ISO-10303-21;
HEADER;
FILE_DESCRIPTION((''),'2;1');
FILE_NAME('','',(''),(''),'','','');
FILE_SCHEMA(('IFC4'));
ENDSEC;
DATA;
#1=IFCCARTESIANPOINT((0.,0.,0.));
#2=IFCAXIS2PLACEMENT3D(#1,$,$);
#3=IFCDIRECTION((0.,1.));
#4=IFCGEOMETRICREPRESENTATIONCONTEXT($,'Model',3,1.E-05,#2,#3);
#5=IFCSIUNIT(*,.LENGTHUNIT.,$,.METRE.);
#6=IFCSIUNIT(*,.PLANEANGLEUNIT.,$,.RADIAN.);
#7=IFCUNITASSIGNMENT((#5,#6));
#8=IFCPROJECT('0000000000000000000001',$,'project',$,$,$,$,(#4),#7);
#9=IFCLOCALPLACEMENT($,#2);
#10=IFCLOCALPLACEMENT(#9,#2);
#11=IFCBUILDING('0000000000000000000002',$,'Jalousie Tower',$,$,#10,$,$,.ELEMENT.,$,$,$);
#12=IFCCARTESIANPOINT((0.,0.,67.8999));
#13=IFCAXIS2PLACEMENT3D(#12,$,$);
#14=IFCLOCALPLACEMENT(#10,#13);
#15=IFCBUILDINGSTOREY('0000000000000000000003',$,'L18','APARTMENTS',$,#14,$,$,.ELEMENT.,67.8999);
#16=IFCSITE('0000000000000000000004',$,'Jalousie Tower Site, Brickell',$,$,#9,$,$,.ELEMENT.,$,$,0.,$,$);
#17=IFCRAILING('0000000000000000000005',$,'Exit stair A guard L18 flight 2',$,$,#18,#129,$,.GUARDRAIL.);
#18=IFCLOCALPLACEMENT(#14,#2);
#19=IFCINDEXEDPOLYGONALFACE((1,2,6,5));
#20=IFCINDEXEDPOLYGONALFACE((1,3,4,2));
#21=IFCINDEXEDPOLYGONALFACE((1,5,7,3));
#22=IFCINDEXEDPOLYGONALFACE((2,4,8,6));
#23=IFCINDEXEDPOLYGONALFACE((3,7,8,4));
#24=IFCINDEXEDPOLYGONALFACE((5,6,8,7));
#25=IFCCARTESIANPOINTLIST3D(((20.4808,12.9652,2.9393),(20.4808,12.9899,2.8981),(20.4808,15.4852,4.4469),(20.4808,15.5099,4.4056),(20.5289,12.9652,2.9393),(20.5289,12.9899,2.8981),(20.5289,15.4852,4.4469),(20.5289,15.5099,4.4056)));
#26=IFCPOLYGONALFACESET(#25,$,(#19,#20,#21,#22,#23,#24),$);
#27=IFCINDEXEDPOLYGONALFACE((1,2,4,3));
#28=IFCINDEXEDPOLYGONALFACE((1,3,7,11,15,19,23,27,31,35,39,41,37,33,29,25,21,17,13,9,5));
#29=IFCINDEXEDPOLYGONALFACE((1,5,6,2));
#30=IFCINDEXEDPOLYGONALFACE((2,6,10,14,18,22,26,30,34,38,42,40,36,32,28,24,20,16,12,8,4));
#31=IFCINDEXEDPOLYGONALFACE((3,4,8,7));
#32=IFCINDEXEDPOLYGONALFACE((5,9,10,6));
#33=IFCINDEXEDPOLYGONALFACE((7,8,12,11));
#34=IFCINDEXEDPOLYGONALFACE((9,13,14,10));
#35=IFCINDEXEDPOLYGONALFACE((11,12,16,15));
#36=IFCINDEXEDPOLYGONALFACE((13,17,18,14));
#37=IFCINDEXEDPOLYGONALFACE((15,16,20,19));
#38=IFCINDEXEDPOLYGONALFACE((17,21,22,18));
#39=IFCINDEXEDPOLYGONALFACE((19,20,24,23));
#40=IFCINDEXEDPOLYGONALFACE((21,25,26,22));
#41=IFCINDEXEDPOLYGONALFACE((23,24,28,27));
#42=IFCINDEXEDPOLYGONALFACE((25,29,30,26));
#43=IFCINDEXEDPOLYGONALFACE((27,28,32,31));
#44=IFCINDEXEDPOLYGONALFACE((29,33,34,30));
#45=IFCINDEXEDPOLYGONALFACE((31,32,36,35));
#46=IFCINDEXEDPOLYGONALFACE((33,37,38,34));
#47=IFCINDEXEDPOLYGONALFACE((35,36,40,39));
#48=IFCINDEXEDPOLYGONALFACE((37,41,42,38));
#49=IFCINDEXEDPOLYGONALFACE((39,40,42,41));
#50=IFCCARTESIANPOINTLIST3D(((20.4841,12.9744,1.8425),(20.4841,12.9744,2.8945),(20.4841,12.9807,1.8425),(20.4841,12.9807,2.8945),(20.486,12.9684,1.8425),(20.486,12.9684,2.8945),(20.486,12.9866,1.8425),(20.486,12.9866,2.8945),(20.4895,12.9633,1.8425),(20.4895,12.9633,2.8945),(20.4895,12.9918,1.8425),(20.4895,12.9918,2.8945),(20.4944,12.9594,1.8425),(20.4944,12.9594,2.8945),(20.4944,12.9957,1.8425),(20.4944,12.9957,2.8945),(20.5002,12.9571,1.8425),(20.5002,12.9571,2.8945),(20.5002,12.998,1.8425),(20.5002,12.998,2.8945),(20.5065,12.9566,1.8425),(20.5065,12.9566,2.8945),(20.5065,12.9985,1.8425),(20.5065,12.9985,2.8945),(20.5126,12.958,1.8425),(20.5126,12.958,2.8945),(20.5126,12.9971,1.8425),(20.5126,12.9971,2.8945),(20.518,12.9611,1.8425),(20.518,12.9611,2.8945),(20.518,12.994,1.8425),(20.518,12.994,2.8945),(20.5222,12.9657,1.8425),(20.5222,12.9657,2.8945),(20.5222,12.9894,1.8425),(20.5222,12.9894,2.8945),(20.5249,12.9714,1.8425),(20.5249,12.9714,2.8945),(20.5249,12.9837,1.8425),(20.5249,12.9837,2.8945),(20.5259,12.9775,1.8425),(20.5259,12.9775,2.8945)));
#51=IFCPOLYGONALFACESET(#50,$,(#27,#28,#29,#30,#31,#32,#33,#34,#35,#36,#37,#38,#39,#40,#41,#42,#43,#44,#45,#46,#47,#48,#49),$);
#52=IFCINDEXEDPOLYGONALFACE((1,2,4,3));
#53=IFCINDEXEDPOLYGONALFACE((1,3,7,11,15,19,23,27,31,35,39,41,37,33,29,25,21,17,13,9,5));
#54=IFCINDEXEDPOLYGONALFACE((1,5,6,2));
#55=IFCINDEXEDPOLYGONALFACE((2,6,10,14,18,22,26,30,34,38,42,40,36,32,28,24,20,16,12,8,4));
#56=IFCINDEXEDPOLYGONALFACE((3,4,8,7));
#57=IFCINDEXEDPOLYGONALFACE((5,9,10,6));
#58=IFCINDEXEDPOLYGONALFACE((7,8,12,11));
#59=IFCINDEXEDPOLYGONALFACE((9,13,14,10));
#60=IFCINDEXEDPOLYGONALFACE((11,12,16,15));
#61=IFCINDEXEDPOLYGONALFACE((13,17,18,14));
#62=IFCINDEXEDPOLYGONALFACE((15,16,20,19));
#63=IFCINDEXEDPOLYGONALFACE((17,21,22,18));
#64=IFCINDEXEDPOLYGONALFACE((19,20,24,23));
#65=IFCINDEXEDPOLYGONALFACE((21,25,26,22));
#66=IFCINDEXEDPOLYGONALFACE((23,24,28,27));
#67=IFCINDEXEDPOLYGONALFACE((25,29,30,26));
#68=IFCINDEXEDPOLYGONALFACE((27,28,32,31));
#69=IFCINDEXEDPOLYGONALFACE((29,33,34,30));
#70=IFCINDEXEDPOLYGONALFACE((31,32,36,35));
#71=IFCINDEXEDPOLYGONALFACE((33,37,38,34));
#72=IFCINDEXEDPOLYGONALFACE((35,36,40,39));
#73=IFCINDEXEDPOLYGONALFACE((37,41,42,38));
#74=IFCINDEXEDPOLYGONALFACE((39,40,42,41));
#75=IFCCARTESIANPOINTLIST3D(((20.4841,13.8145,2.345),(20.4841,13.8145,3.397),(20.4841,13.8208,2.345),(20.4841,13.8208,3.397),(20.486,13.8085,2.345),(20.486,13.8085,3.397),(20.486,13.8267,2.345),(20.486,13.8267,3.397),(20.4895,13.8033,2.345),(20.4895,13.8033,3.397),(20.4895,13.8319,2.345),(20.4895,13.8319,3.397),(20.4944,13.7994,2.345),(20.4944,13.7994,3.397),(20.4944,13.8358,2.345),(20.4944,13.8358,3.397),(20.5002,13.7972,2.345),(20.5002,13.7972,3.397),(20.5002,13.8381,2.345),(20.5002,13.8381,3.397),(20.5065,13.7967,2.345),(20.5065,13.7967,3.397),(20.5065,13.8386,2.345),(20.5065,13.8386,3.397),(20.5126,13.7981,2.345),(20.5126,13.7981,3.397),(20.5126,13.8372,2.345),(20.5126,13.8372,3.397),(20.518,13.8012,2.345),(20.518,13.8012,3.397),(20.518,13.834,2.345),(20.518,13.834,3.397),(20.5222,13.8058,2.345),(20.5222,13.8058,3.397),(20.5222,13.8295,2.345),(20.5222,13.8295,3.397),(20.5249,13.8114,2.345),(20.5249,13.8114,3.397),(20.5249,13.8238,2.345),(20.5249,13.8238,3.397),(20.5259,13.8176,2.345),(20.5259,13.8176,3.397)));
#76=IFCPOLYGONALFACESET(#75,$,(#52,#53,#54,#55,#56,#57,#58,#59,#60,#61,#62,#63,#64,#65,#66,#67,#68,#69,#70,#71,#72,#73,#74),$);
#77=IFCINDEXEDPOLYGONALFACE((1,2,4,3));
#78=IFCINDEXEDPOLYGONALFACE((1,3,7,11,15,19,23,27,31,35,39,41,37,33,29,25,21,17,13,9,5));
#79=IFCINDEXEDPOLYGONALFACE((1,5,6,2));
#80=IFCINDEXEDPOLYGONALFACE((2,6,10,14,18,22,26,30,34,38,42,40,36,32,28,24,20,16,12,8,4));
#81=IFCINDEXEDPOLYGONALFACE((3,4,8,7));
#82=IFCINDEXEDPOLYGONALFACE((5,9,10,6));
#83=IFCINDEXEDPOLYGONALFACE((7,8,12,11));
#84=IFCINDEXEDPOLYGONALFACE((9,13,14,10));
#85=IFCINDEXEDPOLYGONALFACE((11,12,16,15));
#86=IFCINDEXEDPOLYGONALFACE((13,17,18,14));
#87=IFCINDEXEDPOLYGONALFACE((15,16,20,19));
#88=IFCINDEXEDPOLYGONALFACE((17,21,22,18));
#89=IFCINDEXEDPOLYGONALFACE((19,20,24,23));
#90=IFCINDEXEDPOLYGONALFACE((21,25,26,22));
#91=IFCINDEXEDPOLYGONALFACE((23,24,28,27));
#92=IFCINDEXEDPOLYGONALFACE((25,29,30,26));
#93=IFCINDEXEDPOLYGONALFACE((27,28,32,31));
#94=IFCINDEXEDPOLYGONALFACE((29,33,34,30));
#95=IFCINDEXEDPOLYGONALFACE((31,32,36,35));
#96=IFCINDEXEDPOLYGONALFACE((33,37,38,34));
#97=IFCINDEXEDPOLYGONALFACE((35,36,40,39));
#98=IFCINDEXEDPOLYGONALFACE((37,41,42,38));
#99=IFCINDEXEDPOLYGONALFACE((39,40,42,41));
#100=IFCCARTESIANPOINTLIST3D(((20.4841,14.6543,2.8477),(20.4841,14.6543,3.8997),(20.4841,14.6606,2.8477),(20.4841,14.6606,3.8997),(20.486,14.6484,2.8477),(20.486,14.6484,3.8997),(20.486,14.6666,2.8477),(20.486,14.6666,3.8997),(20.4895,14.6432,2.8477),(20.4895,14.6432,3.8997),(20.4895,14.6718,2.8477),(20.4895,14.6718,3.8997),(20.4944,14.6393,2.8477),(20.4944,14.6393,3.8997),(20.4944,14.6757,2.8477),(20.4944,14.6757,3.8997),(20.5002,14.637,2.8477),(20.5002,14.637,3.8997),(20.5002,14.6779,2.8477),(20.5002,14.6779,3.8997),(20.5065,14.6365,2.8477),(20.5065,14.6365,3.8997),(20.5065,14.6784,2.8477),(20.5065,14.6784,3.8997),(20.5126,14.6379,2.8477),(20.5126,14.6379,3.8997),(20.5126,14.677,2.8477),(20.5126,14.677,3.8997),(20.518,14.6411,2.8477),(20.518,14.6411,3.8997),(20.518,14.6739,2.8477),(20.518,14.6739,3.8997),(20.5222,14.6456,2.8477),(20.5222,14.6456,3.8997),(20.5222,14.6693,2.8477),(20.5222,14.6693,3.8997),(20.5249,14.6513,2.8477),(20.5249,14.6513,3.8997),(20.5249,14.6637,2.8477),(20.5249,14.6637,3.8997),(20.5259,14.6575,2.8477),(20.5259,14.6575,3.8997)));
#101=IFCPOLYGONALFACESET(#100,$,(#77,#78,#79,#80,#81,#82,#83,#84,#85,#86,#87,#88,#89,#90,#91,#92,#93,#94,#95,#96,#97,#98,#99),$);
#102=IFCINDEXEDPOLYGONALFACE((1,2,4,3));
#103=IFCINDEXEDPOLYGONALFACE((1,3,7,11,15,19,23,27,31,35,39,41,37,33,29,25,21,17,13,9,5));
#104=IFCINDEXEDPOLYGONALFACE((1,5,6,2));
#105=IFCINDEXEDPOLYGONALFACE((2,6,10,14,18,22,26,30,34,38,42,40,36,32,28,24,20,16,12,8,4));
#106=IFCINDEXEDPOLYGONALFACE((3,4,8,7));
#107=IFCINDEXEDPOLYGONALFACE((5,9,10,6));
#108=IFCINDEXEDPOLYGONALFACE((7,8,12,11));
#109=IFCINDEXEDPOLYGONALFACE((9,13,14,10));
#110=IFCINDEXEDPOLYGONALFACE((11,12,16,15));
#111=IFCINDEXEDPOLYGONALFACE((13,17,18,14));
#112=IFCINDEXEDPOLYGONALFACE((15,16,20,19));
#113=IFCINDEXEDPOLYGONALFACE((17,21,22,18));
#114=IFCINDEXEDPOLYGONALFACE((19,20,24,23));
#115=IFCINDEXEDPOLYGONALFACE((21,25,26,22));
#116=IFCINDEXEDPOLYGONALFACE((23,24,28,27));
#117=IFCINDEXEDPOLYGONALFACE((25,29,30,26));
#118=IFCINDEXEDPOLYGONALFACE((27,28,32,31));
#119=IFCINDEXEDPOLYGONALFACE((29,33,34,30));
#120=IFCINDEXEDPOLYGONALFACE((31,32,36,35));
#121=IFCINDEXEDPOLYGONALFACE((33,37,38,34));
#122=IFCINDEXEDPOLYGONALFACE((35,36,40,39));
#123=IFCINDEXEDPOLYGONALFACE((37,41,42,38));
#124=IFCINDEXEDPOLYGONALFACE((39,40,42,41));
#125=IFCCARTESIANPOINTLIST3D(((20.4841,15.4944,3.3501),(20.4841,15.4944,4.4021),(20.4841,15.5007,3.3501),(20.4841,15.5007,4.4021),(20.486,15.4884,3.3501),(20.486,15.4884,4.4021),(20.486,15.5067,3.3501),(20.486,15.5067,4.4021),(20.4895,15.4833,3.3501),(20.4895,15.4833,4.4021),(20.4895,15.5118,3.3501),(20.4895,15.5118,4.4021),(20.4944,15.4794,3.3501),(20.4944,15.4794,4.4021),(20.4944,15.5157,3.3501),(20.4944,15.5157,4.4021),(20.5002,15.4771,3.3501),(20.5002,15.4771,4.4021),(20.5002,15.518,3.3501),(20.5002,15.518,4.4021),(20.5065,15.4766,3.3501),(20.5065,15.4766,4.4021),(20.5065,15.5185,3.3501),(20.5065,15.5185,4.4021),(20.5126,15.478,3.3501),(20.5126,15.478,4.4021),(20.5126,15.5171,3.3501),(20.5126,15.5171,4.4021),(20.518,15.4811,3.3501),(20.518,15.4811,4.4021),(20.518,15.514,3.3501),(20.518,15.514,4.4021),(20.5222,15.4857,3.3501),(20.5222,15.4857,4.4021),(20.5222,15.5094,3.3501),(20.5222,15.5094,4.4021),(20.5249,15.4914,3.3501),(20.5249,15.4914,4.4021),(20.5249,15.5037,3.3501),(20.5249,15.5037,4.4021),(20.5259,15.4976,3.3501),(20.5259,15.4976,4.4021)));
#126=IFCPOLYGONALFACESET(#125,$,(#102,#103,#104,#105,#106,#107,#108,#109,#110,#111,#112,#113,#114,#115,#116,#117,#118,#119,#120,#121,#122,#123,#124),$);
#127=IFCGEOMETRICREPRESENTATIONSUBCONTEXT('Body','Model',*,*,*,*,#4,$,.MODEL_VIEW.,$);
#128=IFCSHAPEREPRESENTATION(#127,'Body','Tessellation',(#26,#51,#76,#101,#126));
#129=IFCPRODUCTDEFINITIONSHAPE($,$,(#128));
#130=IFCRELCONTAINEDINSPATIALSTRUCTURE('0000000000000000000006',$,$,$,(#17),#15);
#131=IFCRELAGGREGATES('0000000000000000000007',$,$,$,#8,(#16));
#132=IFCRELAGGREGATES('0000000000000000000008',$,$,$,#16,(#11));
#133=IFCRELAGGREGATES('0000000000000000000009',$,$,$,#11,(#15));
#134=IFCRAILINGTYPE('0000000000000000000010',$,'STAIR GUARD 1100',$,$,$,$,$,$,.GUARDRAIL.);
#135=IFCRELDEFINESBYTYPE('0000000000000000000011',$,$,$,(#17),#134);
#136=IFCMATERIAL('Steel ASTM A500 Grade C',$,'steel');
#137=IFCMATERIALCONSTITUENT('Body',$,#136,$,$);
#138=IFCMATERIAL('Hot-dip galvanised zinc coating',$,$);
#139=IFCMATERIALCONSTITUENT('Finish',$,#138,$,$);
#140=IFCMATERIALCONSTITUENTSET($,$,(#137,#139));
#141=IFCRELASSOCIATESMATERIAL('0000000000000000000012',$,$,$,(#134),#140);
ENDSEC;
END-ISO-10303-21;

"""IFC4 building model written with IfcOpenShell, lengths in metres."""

from ifc_helpers import new_model, si_unit, direction, frame, origin, origin_2d, place, context, subcontext, project, spatial, rectangle, circle, extrude, material, constituent, constituent_set, type_object, element, save


model = new_model("IFC4")

# Units and contexts
model_context = context("Model", 3, precision=1e-05, world=origin(), true_north=direction((0.0, 1.0)))
body_context = subcontext(model_context, "Body", "Model", "MODEL_VIEW")
ifc_project = project(units=[si_unit("LENGTHUNIT", "METRE"), si_unit("PLANEANGLEUNIT", "RADIAN")], contexts=[model_context])

# Site, building, storey
site_placement = place(None, origin())
site = spatial("IfcSite", under=ifc_project, at=site_placement, Name="Jalousie Tower Site, Brickell", CompositionType="ELEMENT", RefElevation=0.0)
building_placement = place(site_placement, origin())
building = spatial("IfcBuilding", under=site, at=building_placement, Name="Jalousie Tower", CompositionType="ELEMENT")
storey_placement = place(building_placement, frame((0.0, 0.0, 67.8999)))
storey = spatial("IfcBuildingStorey", under=building, at=storey_placement, Name="L18", Description="APARTMENTS", CompositionType="ELEMENT", Elevation=67.8999)

# Railing
ifc_material_1 = material(Name="Steel ASTM A500 Grade C", Category="steel")
ifc_constituent_1 = constituent(ifc_material_1, Name="Body")
ifc_material_2 = material(Name="Hot-dip galvanised zinc coating")
ifc_constituent_2 = constituent(ifc_material_2, Name="Finish")
ifc_constituent_set_1 = constituent_set(constituents=[ifc_constituent_1, ifc_constituent_2])
railing_type_1 = type_object("IfcRailingType", Name="STAIR GUARD 1100", PredefinedType="GUARDRAIL", material=ifc_constituent_set_1)
railing_1_placement = place(storey_placement, frame((20.5049, 12.9775, 1.8425)))
element("IfcRailing", 1, at=railing_1_placement, inside=storey, type_object=railing_type_1, Name="Exit stair A guard L18 flight 2", PredefinedType="GUARDRAIL", context=body_context, shape_type="SweptSolid", body=[
    extrude(rectangle(XDim=0.0481, YDim=0.0481, at=origin_2d()), frame((0.0, 0.0, 1.0762), z_axis=(0.0, 0.85816, 0.513383), x_axis=(-1.0, 0.0, 0.0)), (0.0, 0.0, 1.0), 2.9365),
    extrude(circle(Radius=0.021, at=origin_2d()), origin(), (0.0, 0.0, 1.0), 1.052),
    extrude(circle(Radius=0.021, at=origin_2d()), frame((0.0, 0.8401, 0.5024)), (0.0, 0.0, 1.0), 1.052),
    extrude(circle(Radius=0.021, at=origin_2d()), frame((0.0, 1.6799, 1.0051)), (0.0, 0.0, 1.0), 1.052),
    extrude(circle(Radius=0.021, at=origin_2d()), frame((0.0, 2.52, 1.5076)), (0.0, 0.0, 1.0), 1.052),
])

save(model, "model.ifc")
